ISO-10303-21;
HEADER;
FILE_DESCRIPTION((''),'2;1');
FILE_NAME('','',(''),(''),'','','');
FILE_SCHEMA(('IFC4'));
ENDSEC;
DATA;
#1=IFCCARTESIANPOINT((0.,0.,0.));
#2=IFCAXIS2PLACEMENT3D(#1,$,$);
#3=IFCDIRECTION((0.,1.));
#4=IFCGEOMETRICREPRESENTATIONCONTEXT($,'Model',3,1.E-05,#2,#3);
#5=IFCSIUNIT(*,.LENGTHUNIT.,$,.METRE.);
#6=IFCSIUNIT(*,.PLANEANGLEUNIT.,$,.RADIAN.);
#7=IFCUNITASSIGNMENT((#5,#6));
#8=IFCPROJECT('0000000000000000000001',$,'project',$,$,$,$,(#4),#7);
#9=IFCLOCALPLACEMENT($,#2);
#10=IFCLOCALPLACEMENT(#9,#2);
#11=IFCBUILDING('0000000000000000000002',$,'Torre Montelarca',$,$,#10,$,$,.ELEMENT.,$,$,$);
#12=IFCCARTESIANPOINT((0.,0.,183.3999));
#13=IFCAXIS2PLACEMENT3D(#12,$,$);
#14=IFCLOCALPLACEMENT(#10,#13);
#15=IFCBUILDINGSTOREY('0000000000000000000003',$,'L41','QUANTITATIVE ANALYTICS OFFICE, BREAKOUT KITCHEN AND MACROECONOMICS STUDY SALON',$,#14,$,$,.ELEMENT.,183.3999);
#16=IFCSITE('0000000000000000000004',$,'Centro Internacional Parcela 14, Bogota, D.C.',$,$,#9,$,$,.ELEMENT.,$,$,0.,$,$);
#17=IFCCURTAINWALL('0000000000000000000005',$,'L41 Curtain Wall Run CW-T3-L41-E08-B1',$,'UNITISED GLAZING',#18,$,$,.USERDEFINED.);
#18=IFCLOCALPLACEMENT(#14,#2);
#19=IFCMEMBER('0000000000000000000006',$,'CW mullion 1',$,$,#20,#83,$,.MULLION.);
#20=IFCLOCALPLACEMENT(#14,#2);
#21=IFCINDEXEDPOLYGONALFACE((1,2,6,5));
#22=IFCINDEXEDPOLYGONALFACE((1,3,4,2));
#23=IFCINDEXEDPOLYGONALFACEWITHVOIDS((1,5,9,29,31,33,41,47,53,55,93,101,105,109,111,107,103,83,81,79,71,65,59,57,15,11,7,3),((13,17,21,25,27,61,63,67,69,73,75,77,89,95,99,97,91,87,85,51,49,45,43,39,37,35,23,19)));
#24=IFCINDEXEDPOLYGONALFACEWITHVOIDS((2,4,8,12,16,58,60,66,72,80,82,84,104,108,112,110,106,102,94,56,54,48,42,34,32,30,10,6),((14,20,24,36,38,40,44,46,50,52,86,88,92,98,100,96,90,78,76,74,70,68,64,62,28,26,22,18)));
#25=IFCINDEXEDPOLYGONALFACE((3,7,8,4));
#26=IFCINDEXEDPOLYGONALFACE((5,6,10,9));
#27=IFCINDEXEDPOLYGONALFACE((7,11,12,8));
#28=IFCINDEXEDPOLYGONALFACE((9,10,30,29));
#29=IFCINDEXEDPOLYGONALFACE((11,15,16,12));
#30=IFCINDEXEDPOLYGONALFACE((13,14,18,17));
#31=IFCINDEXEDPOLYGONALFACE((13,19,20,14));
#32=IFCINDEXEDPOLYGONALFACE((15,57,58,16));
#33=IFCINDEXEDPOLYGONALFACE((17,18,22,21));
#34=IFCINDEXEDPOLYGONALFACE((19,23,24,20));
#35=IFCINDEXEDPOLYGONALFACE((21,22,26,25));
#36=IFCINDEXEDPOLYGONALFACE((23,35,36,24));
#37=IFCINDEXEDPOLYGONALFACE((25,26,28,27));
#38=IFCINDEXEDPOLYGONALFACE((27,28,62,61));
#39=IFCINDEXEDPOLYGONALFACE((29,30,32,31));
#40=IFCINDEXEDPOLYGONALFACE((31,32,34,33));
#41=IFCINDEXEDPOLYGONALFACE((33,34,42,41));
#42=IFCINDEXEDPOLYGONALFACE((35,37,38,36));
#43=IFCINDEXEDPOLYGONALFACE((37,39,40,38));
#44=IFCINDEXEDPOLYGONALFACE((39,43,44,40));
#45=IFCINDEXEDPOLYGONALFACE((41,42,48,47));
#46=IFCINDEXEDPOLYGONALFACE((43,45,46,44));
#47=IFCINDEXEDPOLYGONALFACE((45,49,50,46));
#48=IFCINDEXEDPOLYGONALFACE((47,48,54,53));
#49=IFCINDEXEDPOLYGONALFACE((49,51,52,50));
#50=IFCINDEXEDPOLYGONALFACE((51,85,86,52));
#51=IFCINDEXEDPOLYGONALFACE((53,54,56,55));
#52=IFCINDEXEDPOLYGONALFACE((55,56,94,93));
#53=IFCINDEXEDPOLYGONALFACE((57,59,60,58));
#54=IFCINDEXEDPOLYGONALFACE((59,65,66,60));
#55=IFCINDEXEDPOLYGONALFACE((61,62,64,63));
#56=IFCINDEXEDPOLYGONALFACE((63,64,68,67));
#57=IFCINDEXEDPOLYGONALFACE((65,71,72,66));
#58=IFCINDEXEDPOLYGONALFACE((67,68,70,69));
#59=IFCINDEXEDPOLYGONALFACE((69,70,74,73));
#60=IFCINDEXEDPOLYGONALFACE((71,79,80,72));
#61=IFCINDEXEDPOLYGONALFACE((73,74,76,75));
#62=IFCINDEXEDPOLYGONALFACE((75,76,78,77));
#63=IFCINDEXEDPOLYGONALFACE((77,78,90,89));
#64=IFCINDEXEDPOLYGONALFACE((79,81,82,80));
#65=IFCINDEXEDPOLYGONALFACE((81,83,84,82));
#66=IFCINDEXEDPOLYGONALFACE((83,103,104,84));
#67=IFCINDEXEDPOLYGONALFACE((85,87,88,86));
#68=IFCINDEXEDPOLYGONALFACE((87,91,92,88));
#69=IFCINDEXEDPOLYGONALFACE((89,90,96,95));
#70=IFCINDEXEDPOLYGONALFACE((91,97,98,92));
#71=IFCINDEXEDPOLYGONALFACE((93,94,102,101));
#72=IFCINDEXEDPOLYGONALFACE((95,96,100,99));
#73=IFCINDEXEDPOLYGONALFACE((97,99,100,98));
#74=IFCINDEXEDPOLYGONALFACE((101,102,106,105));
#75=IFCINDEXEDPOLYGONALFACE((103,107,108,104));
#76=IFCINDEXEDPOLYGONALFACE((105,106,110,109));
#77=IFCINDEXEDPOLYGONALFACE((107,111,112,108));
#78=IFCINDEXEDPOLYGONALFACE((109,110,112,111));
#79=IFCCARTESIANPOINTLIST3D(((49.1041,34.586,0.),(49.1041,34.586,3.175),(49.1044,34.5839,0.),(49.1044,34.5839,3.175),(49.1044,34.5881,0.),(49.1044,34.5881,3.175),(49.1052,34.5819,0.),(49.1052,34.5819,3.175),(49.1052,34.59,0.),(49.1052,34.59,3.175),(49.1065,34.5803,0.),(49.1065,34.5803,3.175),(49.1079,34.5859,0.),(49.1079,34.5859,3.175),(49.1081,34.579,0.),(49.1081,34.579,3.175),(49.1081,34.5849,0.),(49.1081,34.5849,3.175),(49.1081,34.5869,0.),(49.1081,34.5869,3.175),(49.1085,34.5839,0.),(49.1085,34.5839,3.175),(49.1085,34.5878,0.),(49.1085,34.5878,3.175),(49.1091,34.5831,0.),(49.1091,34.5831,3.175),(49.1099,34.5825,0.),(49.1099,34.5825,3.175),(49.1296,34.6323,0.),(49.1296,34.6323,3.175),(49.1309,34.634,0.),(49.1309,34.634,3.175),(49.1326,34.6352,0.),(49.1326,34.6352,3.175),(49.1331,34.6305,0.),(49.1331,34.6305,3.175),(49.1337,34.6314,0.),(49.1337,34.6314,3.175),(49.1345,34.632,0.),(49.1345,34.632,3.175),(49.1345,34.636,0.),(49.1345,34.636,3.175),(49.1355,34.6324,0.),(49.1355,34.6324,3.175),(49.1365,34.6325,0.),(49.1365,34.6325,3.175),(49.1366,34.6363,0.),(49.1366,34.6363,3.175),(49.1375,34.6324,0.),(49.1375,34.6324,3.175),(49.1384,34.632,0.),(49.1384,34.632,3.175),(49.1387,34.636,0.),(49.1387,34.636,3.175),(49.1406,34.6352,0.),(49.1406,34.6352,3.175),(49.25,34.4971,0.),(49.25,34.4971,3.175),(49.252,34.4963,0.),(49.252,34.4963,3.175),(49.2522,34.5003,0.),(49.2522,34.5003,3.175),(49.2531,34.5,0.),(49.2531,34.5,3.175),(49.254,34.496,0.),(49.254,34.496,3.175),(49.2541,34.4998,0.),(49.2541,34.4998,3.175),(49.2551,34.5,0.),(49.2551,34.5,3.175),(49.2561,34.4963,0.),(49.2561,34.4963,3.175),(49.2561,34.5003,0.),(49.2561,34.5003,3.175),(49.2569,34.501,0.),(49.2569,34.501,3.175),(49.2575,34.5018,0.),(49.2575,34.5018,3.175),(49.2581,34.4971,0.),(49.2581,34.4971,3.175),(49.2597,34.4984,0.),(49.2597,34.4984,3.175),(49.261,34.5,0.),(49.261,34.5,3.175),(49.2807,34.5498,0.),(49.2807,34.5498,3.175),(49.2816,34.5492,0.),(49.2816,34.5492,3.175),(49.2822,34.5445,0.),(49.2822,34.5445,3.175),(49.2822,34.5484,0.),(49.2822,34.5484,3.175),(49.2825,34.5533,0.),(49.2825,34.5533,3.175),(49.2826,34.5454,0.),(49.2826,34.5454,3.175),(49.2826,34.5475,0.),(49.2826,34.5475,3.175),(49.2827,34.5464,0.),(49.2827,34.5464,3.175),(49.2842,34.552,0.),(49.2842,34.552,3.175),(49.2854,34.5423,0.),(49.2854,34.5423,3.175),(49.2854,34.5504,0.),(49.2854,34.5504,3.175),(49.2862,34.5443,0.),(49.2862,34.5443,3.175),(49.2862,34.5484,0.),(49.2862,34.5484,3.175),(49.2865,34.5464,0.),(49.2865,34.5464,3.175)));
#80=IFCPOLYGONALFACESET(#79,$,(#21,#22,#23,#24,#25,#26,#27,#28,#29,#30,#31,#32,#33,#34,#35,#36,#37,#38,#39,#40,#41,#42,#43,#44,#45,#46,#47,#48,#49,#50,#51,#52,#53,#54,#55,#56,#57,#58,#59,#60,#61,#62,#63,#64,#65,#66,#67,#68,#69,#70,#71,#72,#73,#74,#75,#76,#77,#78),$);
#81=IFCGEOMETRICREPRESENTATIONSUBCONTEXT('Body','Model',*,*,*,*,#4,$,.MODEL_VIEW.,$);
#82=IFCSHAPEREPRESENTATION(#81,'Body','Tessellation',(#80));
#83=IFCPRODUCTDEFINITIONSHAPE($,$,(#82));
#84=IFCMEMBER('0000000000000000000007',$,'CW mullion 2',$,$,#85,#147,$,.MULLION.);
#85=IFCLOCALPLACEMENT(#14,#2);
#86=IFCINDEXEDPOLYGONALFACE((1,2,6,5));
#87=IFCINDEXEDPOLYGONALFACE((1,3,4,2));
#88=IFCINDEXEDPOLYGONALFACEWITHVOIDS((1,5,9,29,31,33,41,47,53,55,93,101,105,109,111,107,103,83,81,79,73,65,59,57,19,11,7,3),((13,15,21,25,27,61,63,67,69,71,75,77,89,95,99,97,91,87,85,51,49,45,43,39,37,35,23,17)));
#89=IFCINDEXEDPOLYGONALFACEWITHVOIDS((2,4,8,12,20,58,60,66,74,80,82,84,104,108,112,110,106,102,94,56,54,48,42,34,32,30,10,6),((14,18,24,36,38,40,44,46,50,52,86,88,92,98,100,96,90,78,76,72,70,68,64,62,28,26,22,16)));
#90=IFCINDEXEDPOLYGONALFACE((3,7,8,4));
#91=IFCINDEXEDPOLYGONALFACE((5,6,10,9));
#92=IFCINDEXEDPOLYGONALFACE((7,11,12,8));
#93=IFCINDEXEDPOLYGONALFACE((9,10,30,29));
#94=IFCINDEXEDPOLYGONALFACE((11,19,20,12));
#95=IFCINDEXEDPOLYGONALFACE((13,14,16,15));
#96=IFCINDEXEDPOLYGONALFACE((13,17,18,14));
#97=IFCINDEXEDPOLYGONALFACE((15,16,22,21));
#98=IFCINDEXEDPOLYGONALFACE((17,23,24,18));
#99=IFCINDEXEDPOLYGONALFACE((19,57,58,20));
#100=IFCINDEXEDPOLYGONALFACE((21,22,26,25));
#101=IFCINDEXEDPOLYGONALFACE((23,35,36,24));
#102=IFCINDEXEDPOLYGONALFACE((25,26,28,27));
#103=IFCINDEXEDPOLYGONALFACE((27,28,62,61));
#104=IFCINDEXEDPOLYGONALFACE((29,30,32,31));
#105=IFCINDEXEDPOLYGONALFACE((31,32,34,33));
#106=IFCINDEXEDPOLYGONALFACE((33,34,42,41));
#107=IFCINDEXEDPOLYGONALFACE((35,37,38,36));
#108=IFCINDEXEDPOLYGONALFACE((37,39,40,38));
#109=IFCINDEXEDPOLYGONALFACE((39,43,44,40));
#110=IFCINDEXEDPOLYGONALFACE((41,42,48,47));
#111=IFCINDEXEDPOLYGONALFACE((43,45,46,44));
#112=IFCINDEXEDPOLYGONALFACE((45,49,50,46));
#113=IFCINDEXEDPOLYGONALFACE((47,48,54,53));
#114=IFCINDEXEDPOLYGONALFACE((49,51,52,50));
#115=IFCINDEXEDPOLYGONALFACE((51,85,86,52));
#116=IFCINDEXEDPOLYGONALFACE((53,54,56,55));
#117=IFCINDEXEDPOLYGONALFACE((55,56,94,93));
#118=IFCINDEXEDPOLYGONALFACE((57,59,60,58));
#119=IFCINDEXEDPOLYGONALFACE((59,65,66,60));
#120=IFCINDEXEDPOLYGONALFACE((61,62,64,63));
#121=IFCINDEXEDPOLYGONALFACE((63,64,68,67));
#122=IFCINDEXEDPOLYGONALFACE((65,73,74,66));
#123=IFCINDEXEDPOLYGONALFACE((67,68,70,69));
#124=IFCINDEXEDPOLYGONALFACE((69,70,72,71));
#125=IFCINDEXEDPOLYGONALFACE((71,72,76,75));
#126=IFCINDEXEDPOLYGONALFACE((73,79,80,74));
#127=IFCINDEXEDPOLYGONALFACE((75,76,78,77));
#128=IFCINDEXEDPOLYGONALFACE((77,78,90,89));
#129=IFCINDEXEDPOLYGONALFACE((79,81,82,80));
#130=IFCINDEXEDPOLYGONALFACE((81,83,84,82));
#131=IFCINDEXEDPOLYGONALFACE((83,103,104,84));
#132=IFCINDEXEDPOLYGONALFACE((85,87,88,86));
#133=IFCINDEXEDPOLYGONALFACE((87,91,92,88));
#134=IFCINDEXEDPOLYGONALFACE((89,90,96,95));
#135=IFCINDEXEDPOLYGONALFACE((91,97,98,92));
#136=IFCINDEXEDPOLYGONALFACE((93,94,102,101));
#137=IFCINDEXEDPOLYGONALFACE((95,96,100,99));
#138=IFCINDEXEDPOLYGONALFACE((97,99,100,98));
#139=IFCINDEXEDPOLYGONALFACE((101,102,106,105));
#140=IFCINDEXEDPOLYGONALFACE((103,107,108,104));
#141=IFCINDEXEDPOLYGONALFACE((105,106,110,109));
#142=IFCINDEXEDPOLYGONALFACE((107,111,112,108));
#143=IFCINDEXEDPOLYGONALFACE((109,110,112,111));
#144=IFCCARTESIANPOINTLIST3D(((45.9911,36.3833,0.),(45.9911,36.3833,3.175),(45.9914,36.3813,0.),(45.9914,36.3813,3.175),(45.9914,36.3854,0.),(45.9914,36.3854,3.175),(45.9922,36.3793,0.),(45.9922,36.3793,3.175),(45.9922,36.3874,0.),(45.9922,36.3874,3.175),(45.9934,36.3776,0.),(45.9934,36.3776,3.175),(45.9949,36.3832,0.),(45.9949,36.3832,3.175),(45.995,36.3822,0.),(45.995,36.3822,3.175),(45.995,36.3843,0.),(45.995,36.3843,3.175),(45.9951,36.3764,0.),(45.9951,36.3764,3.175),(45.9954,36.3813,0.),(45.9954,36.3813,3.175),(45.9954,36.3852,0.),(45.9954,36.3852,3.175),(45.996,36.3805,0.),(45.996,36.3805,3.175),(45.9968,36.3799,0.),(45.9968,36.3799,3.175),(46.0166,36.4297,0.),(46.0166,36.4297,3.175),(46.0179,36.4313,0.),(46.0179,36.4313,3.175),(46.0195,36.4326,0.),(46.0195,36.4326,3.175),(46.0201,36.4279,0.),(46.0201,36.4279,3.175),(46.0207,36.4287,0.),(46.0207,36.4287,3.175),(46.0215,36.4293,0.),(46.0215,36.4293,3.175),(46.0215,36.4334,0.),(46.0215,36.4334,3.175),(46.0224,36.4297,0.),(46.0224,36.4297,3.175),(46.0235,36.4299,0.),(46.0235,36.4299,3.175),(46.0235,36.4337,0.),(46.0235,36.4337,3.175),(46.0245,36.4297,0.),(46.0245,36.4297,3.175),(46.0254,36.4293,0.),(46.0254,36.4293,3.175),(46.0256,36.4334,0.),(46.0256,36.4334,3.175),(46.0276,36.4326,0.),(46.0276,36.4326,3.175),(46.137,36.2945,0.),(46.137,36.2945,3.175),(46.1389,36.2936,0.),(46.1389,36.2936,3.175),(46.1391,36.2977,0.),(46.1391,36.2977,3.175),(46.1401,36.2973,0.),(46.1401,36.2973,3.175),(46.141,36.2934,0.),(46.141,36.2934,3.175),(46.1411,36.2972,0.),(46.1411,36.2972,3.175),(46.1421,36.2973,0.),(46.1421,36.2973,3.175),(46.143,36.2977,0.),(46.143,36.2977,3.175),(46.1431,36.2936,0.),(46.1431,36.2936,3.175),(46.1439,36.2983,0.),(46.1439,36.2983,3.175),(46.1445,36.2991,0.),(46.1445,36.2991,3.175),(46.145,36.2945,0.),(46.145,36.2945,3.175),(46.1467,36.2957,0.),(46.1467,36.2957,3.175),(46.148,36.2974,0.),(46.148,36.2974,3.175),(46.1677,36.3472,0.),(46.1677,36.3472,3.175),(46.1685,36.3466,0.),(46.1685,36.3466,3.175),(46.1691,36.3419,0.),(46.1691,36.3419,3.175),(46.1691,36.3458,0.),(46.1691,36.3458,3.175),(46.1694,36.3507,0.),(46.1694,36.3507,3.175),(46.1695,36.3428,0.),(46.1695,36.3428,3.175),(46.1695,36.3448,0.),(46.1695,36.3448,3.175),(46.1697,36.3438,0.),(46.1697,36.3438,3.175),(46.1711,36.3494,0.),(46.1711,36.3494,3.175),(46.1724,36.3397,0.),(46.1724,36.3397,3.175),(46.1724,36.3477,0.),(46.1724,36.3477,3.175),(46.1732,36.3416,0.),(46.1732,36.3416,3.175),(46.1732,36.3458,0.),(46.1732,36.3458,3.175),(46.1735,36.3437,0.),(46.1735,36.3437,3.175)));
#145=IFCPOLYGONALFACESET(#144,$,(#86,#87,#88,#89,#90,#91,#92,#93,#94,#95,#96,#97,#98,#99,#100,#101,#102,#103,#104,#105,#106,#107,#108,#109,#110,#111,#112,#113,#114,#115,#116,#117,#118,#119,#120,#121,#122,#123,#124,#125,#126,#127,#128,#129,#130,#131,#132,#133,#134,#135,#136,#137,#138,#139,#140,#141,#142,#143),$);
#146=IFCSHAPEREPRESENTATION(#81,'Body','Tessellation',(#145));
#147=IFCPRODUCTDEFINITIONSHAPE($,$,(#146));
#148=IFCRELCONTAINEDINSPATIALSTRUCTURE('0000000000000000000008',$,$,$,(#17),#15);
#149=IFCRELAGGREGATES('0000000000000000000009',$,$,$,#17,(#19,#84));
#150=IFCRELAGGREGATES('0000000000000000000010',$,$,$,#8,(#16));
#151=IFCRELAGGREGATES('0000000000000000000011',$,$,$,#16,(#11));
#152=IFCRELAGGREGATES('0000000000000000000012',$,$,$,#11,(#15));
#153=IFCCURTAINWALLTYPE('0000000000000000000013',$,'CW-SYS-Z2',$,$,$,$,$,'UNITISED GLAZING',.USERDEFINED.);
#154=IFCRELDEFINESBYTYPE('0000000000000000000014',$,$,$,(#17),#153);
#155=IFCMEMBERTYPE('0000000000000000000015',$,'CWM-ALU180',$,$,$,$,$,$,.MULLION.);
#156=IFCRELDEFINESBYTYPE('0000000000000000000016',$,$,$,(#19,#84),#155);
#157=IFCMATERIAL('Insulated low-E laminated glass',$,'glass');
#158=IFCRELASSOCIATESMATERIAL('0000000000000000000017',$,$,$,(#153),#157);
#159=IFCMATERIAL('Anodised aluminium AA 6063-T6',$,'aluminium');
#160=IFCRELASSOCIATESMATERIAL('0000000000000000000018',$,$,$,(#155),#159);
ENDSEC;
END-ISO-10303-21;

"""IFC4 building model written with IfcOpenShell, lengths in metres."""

from ifc_helpers import new_model, si_unit, direction, frame, origin, origin_2d, place, context, subcontext, project, spatial, hollow_rectangle, extrude, source, transform, mapped, material, material_profile, profile_set, type_object, element, aggregate, save


model = new_model("IFC4")

# Units and contexts
model_context = context("Model", 3, precision=1e-05, world=origin(), true_north=direction((0.0, 1.0)))
body_context = subcontext(model_context, "Body", "Model", "MODEL_VIEW")
ifc_project = project(units=[si_unit("LENGTHUNIT", "METRE"), si_unit("PLANEANGLEUNIT", "RADIAN")], contexts=[model_context])

# Site, building, storey
site_placement = place(None, origin())
site = spatial("IfcSite", under=ifc_project, at=site_placement, Name="Centro Internacional Parcela 14, Bogota, D.C.", CompositionType="ELEMENT", RefElevation=0.0)
building_placement = place(site_placement, origin())
building = spatial("IfcBuilding", under=site, at=building_placement, Name="Torre Montelarca", CompositionType="ELEMENT")
storey_placement = place(building_placement, frame((0.0, 0.0, 183.3999)))
storey = spatial("IfcBuildingStorey", under=building, at=storey_placement, Name="L41", Description="QUANTITATIVE ANALYTICS OFFICE, BREAKOUT KITCHEN AND MACROECONOMICS STUDY SALON", CompositionType="ELEMENT", Elevation=183.3999)

# Curtain wall, members
ifc_material_1 = material(Name="Insulated low-E laminated glass", Category="glass")
curtain_wall_type = type_object("IfcCurtainWallType", Name="CW-SYS-Z2", ElementType="UNITISED GLAZING", PredefinedType="USERDEFINED", material=ifc_material_1)
ifc_material_2 = material(Name="Anodised aluminium AA 6063-T6", Category="aluminium")
ifc_material_profile_1 = material_profile(ifc_material_2, hollow_rectangle(XDim=0.0649, YDim=0.1799, WallThickness=0.0039, InnerFilletRadius=0.0039, OuterFilletRadius=0.0081, at=origin_2d()), Name="ALU65X180X4", Category="aluminium")
ifc_profile_set_1 = profile_set([ifc_material_profile_1], Name="Anodised aluminium AA 6063-T6")
member_type_1 = type_object("IfcMemberType", Name="CWM-ALU180", PredefinedType="MULLION", material=ifc_profile_set_1)
curtain_wall_1_placement = place(storey_placement, origin())
curtain_wall_1 = element("IfcCurtainWall", 1, at=curtain_wall_1_placement, inside=storey, type_object=curtain_wall_type, Name="L41 Curtain Wall Run CW-T3-L41-E08-B1", ObjectType="UNITISED GLAZING", PredefinedType="USERDEFINED")
shared_shape_1 = source(origin(), body_context, "Body", "SweptSolid", [
    extrude(hollow_rectangle(XDim=0.0649, YDim=0.1799, WallThickness=0.0039, InnerFilletRadius=0.0039, OuterFilletRadius=0.0081, at=origin_2d()), origin(), (0.0, 0.0, 1.0), 3.175),
])
member_1_placement = place(storey_placement, frame((49.1953, 34.5662, 0.0), z_axis=(0.0, 0.0, 1.0), x_axis=(-0.500001, -0.866025, 0.0)))
member_1 = element("IfcMember", 2, at=member_1_placement, type_object=member_type_1, Name="CW mullion 1", PredefinedType="MULLION", context=body_context, shape_type="MappedRepresentation", body=[
    mapped(shared_shape_1, transform((0.0, 0.0, 0.0), scale=1.0)),
])
member_2_placement = place(storey_placement, frame((46.0823, 36.3635, 0.0), z_axis=(0.0, 0.0, 1.0), x_axis=(-0.500001, -0.866025, 0.0)))
member_2 = element("IfcMember", 3, at=member_2_placement, type_object=member_type_1, Name="CW mullion 2", PredefinedType="MULLION", context=body_context, shape_type="MappedRepresentation", body=[
    mapped(shared_shape_1, transform((0.0, 0.0, 0.0), scale=1.0)),
])

aggregate(curtain_wall_1, [member_1, member_2])

save(model, "model.ifc")
